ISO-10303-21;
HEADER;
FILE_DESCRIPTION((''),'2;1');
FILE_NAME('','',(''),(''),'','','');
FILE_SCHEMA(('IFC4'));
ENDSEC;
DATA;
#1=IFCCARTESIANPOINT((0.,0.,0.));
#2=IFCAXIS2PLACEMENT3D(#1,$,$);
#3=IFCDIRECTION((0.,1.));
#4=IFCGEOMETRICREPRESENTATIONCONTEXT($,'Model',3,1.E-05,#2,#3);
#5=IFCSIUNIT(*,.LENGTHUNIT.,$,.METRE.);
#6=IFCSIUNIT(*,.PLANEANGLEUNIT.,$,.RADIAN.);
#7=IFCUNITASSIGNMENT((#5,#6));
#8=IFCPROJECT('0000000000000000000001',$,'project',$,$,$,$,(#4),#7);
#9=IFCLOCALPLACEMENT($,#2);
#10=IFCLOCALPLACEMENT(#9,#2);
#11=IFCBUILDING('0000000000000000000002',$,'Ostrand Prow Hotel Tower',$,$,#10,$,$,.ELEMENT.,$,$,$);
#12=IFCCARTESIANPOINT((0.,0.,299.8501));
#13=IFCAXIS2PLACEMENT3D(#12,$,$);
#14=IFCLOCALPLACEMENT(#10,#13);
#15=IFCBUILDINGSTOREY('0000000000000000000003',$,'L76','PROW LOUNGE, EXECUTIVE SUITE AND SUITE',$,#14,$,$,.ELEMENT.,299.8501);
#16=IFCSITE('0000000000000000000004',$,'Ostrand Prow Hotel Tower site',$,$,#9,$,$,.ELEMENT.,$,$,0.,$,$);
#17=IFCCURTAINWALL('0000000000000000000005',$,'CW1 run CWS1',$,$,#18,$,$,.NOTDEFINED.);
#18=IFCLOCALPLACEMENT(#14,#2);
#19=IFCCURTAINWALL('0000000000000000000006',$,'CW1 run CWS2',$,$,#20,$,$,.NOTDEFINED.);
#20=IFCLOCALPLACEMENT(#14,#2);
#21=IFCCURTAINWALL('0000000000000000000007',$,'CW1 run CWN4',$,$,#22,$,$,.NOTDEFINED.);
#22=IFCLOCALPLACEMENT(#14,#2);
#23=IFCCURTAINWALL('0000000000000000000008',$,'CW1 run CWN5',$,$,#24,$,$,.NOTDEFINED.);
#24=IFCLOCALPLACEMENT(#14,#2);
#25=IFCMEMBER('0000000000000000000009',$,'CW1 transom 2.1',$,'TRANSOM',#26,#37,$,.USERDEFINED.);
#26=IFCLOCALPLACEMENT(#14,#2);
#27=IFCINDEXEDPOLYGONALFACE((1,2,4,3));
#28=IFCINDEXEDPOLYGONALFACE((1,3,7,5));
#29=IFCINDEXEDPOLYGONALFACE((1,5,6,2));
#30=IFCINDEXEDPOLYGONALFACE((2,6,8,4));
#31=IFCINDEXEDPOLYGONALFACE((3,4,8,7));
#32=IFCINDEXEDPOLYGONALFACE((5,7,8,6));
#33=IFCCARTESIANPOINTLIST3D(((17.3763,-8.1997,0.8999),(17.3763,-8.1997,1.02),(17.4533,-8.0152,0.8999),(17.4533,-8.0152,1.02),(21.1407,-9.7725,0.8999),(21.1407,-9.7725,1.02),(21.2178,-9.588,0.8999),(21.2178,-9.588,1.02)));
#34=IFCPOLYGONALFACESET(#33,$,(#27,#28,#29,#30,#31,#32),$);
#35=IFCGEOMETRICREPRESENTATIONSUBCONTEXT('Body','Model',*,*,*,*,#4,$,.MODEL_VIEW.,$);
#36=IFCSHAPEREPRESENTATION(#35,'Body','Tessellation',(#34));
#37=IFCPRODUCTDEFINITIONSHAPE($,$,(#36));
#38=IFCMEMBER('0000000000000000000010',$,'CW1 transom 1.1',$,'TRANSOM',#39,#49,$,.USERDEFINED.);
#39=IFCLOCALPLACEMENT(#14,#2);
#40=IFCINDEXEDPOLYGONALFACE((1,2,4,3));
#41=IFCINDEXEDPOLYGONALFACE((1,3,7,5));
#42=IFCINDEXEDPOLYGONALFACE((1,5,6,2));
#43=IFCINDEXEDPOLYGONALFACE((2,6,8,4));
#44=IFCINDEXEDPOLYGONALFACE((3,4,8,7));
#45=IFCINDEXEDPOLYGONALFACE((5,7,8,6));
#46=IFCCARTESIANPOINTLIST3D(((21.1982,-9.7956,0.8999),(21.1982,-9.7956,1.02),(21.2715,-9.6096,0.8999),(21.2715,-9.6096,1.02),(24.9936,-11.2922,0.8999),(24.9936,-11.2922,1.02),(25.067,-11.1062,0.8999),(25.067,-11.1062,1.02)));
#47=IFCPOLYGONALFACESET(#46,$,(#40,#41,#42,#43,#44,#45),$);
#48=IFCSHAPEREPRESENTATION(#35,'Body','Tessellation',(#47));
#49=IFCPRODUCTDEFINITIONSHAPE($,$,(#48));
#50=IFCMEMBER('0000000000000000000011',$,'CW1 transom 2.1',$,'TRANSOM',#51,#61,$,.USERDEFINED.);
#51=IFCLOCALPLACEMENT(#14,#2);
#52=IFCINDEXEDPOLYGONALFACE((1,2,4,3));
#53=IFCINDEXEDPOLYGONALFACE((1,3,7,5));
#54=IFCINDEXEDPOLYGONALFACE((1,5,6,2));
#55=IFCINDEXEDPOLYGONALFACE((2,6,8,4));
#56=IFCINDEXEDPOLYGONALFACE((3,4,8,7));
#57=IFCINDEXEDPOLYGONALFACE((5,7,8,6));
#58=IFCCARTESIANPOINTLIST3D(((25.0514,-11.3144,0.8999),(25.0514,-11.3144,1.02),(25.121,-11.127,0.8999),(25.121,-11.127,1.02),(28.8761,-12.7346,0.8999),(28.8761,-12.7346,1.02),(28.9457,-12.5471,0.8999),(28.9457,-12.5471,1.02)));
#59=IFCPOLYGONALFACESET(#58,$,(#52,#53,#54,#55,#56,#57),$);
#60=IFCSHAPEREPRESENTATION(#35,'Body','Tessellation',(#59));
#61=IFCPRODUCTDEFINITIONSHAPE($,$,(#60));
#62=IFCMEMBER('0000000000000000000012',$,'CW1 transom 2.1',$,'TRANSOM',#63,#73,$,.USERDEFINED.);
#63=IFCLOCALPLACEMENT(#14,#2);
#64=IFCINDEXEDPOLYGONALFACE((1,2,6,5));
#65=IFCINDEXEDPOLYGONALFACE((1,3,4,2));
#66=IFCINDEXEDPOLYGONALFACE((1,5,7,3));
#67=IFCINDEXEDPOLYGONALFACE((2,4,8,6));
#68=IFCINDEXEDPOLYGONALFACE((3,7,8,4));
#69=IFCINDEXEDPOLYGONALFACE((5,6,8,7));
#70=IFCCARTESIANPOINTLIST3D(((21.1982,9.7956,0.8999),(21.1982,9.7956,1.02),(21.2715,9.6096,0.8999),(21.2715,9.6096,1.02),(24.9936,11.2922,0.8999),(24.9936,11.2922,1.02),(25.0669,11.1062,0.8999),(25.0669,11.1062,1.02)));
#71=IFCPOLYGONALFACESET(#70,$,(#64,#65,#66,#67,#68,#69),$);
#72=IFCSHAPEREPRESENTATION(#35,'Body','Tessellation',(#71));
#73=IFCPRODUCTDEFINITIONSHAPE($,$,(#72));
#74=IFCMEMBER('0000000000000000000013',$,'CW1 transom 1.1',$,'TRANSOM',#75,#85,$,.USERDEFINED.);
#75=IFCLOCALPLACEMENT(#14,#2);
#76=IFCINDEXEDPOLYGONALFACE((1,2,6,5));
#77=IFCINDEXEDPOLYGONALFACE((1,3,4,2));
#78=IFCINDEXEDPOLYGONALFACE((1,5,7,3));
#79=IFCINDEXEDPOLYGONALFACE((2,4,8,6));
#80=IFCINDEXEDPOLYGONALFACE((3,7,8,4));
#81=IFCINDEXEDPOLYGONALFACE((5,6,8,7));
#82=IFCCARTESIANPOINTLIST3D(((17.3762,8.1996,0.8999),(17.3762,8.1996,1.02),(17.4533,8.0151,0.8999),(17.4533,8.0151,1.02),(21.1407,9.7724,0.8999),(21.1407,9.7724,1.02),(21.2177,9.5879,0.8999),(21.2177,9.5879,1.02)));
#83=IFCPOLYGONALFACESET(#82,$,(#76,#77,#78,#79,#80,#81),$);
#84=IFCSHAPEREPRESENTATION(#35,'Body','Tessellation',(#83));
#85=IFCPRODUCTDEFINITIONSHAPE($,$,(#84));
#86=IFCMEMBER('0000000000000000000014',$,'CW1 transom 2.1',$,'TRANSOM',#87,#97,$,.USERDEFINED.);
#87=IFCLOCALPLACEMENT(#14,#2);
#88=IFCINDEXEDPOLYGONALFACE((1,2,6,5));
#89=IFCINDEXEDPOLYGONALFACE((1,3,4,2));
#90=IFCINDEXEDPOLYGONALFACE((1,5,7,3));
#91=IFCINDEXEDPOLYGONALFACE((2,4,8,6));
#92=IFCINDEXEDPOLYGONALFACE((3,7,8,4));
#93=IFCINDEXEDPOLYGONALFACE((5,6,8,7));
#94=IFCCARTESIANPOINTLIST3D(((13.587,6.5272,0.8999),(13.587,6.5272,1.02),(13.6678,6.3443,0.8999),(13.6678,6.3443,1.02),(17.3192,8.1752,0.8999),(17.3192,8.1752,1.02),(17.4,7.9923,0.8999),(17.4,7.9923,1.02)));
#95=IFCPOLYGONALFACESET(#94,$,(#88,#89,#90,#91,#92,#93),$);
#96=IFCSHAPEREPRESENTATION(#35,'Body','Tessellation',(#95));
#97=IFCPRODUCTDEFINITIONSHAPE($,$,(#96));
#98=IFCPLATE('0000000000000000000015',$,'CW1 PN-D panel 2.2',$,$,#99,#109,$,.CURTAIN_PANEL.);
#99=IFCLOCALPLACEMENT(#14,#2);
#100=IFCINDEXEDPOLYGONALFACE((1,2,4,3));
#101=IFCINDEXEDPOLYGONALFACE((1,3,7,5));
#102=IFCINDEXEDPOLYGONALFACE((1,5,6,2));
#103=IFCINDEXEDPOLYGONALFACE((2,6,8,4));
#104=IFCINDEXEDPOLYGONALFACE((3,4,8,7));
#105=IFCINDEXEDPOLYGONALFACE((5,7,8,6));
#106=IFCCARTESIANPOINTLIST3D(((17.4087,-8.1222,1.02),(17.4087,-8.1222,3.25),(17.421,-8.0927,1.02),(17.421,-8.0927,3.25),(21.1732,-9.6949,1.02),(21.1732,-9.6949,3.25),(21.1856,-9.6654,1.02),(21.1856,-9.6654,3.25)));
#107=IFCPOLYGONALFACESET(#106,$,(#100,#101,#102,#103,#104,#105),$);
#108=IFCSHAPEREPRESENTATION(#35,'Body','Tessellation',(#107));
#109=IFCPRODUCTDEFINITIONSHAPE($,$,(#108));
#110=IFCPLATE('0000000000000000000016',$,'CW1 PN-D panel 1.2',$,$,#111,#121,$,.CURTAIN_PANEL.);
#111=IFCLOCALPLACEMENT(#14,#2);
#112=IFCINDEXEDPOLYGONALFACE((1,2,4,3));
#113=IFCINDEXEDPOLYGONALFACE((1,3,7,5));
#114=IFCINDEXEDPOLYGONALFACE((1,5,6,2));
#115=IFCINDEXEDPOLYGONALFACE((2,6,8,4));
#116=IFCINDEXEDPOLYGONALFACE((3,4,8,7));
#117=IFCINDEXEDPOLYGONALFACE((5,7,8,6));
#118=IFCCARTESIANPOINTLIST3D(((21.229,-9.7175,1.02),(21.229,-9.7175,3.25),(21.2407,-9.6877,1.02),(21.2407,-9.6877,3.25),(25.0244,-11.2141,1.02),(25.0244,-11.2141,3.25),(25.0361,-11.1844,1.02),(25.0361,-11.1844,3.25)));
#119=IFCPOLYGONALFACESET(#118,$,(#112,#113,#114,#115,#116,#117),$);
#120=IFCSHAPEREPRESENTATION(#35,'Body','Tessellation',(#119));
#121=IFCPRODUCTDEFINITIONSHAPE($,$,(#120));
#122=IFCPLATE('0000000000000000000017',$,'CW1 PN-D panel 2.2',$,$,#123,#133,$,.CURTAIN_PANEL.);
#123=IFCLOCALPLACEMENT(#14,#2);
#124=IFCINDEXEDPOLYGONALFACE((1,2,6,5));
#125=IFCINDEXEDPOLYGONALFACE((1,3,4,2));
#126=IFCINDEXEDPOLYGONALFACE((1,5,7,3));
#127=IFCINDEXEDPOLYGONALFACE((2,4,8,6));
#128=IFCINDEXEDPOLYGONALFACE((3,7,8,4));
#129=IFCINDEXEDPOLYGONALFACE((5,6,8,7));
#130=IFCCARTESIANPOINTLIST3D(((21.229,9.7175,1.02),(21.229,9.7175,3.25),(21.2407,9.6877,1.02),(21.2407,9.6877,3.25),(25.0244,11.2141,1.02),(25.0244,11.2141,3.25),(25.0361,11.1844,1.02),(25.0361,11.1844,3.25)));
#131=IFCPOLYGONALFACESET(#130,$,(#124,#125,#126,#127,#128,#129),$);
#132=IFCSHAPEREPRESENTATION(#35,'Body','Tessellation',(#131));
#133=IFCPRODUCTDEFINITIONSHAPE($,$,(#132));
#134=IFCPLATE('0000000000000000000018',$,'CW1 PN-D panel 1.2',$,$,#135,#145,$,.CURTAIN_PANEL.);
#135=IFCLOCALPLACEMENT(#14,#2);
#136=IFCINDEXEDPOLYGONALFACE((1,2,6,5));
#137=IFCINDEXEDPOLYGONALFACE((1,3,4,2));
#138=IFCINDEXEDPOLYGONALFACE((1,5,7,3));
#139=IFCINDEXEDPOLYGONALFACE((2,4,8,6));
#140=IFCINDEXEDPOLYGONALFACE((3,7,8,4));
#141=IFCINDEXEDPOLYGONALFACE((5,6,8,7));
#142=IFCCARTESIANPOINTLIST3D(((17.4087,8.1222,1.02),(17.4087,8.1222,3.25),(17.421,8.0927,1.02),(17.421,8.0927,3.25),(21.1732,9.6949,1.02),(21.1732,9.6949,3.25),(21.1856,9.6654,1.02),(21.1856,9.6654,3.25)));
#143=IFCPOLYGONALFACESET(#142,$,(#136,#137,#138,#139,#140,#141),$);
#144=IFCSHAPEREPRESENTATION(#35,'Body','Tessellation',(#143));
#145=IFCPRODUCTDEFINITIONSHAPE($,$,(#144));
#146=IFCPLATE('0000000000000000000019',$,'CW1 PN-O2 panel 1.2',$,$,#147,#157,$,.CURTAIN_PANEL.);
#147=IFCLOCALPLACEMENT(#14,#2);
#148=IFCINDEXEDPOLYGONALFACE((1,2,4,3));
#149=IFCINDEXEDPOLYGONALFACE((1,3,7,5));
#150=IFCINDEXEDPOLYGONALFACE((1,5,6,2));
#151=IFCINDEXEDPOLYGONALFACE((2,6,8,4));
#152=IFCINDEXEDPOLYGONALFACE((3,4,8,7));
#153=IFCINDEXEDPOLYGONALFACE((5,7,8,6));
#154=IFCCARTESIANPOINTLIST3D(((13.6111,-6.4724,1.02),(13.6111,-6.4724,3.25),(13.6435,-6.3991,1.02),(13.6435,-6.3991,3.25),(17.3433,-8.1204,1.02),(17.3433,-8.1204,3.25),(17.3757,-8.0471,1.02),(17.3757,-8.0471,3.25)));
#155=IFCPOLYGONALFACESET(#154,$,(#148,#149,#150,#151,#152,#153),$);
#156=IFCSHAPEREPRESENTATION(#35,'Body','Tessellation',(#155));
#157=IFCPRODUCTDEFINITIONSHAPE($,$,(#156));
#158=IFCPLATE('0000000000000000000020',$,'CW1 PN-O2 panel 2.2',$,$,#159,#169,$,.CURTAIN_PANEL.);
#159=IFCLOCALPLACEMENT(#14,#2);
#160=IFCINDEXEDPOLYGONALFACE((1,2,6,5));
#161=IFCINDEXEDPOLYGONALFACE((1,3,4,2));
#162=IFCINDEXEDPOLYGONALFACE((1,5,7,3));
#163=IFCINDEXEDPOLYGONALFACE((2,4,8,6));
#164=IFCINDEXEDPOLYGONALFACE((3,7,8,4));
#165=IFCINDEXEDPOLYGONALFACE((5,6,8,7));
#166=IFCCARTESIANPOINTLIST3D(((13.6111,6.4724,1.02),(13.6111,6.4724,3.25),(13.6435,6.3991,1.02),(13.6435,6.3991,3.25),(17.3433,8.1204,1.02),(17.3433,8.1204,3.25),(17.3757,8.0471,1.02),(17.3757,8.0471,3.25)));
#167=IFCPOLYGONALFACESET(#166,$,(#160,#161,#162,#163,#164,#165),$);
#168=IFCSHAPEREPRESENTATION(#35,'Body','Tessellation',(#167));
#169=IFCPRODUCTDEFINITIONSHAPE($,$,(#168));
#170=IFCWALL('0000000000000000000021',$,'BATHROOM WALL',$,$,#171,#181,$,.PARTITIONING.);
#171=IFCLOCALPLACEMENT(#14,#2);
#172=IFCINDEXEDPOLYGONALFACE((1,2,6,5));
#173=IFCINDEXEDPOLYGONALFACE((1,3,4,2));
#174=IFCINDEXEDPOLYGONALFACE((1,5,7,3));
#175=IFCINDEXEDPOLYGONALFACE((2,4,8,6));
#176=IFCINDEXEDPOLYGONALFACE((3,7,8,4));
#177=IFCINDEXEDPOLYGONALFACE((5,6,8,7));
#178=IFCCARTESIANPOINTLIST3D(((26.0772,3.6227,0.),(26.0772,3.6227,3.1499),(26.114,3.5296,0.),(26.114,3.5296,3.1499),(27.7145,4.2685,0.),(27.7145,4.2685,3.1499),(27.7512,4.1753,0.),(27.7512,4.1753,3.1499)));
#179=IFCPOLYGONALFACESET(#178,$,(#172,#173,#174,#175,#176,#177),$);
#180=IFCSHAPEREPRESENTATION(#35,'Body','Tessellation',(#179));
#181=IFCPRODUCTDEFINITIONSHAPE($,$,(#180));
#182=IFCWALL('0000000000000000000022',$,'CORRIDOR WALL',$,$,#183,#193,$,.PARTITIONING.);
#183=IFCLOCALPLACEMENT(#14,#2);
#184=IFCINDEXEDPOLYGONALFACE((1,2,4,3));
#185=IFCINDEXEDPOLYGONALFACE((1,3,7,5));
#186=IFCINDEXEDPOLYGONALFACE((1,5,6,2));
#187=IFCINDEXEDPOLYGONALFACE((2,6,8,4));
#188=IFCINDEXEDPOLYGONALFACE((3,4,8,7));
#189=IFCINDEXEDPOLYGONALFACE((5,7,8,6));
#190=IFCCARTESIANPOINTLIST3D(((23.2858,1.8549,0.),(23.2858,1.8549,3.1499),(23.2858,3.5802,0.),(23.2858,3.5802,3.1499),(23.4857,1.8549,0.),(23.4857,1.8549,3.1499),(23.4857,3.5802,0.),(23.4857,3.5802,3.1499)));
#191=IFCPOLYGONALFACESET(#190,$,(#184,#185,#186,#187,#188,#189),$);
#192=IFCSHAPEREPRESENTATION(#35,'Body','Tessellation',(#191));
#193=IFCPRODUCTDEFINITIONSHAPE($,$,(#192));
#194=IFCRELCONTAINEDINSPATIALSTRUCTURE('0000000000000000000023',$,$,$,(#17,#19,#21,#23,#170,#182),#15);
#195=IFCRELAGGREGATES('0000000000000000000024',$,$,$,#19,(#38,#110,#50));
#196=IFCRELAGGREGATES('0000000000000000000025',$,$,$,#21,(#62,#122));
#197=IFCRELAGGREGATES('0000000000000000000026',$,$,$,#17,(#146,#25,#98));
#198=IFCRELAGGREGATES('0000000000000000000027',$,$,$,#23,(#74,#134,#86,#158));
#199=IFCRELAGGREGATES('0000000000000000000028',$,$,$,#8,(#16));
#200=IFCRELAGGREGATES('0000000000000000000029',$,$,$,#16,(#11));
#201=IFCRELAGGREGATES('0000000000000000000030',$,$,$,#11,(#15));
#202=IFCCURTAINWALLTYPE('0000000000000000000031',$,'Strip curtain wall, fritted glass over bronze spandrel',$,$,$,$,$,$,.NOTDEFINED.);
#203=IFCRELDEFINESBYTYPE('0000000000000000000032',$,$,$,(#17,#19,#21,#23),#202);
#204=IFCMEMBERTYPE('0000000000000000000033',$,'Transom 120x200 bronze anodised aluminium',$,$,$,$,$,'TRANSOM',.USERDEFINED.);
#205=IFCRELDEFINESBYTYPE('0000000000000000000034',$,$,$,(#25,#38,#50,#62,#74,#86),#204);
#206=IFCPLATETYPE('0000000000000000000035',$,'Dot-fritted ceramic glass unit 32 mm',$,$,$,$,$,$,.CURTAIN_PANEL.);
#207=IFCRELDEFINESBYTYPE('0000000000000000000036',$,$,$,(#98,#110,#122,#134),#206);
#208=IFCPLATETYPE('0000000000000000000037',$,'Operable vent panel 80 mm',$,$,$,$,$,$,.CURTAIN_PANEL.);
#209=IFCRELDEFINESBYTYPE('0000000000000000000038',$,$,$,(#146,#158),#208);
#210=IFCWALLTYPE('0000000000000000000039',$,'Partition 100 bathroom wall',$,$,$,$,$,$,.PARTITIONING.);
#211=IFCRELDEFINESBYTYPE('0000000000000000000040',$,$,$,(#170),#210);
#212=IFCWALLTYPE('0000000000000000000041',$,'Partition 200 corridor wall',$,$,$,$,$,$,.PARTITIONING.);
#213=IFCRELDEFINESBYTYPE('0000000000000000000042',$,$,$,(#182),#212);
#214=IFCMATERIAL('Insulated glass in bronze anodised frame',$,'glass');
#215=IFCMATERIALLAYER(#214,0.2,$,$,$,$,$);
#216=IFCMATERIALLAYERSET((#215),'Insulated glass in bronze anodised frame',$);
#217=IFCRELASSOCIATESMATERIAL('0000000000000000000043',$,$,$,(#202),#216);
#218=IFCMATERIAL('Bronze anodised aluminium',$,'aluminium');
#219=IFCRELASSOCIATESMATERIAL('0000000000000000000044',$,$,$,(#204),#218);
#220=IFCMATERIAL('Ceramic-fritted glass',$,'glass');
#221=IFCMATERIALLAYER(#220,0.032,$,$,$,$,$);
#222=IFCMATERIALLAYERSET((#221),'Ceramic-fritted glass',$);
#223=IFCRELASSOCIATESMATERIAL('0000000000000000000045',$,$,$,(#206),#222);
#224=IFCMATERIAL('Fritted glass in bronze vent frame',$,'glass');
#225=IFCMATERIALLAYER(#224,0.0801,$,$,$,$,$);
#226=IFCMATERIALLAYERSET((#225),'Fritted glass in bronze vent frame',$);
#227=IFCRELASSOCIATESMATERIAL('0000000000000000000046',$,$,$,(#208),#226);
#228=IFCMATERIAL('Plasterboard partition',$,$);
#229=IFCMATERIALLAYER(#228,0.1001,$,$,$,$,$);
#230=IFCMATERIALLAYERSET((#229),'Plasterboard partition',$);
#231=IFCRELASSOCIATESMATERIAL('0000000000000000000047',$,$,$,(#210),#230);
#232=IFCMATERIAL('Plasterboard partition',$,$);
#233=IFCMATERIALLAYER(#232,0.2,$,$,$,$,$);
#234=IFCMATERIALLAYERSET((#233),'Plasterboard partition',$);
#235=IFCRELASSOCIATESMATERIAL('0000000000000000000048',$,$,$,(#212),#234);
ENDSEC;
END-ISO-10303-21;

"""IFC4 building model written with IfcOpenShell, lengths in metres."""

from ifc_helpers import new_model, si_unit, direction, frame, frame_2d, origin, origin_2d, place, context, subcontext, project, spatial, rectangle, extrude, material, layer, layer_set, material_profile, profile_set, type_object, element, aggregate, save


model = new_model("IFC4")

# Units and contexts
model_context = context("Model", 3, precision=1e-05, world=origin(), true_north=direction((0.0, 1.0)))
body_context = subcontext(model_context, "Body", "Model", "MODEL_VIEW")
ifc_project = project(units=[si_unit("LENGTHUNIT", "METRE"), si_unit("PLANEANGLEUNIT", "RADIAN")], contexts=[model_context])

# Site, building, storey
site_placement = place(None, origin())
site = spatial("IfcSite", under=ifc_project, at=site_placement, Name="Ostrand Prow Hotel Tower site", CompositionType="ELEMENT", RefElevation=0.0)
building_placement = place(site_placement, origin())
building = spatial("IfcBuilding", under=site, at=building_placement, Name="Ostrand Prow Hotel Tower", CompositionType="ELEMENT")
storey_placement = place(building_placement, frame((0.0, 0.0, 299.8501)))
storey = spatial("IfcBuildingStorey", under=building, at=storey_placement, Name="L76", Description="PROW LOUNGE, EXECUTIVE SUITE AND SUITE", CompositionType="ELEMENT", Elevation=299.8501)

# Curtain wall
ifc_material_1 = material(Name="Insulated glass in bronze anodised frame", Category="glass")
ifc_layer_1 = layer(ifc_material_1, 0.2)
ifc_layer_set_1 = layer_set([ifc_layer_1], Name="Insulated glass in bronze anodised frame")
curtain_wall_type = type_object("IfcCurtainWallType", Name="Strip curtain wall, fritted glass over bronze spandrel", PredefinedType="NOTDEFINED", material=ifc_layer_set_1)
curtain_wall_1_placement = place(storey_placement, origin())
curtain_wall_1 = element("IfcCurtainWall", 1, at=curtain_wall_1_placement, inside=storey, type_object=curtain_wall_type, Name="CW1 run CWS1", PredefinedType="NOTDEFINED")

# Curtain wall
curtain_wall_2_placement = place(storey_placement, origin())
curtain_wall_2 = element("IfcCurtainWall", 2, at=curtain_wall_2_placement, inside=storey, type_object=curtain_wall_type, Name="CW1 run CWS2", PredefinedType="NOTDEFINED")

# Curtain wall
curtain_wall_3_placement = place(storey_placement, origin())
curtain_wall_3 = element("IfcCurtainWall", 3, at=curtain_wall_3_placement, inside=storey, type_object=curtain_wall_type, Name="CW1 run CWN4", PredefinedType="NOTDEFINED")

# Curtain wall
curtain_wall_4_placement = place(storey_placement, origin())
curtain_wall_4 = element("IfcCurtainWall", 4, at=curtain_wall_4_placement, inside=storey, type_object=curtain_wall_type, Name="CW1 run CWN5", PredefinedType="NOTDEFINED")

# Members
ifc_material_2 = material(Name="Bronze anodised aluminium", Category="aluminium")
ifc_material_profile_1 = material_profile(ifc_material_2, rectangle(XDim=0.2, YDim=0.1201, at=origin_2d()), Name="Transom 120x200 bronze anodised aluminium")
ifc_profile_set_1 = profile_set([ifc_material_profile_1], Name="Bronze anodised aluminium")
member_type_1 = type_object("IfcMemberType", Name="Transom 120x200 bronze anodised aluminium", ElementType="TRANSOM", PredefinedType="USERDEFINED", material=ifc_profile_set_1)
member_1_placement = place(storey_placement, frame((17.4148, -8.1074, 0.96), z_axis=(0.922706, -0.385503, 0.0), x_axis=(0.385503, 0.922706, 0.0)))
member_1 = element("IfcMember", 5, at=member_1_placement, type_object=member_type_1, Name="CW1 transom 2.1", ObjectType="TRANSOM", PredefinedType="USERDEFINED", context=body_context, shape_type="SweptSolid", body=[
    extrude(rectangle(XDim=0.2, YDim=0.1201, at=origin_2d()), origin(), (0.0, 0.0, 1.0), 4.0798),
])
member_2_placement = place(storey_placement, frame((21.2349, -9.7026, 0.96), z_axis=(0.93029, -0.366826, 0.0), x_axis=(0.366826, 0.93029, 0.0)))
member_2 = element("IfcMember", 6, at=member_2_placement, type_object=member_type_1, Name="CW1 transom 1.1", ObjectType="TRANSOM", PredefinedType="USERDEFINED", context=body_context, shape_type="SweptSolid", body=[
    extrude(rectangle(XDim=0.2, YDim=0.1201, at=origin_2d()), origin(), (0.0, 0.0, 1.0), 4.0798),
])
member_3_placement = place(storey_placement, frame((25.0862, -11.2207, 0.96), z_axis=(0.93746, -0.348092, 0.0), x_axis=(0.348092, 0.93746, 0.0)))
member_3 = element("IfcMember", 7, at=member_3_placement, type_object=member_type_1, Name="CW1 transom 2.1", ObjectType="TRANSOM", PredefinedType="USERDEFINED", context=body_context, shape_type="SweptSolid", body=[
    extrude(rectangle(XDim=0.2, YDim=0.1201, at=origin_2d()), origin(), (0.0, 0.0, 1.0), 4.0798),
])
member_4_placement = place(storey_placement, frame((25.0303, 11.1992, 0.96), z_axis=(-0.93029, -0.366826, 0.0), x_axis=(0.366826, -0.93029, 0.0)))
member_4 = element("IfcMember", 8, at=member_4_placement, type_object=member_type_1, Name="CW1 transom 2.1", ObjectType="TRANSOM", PredefinedType="USERDEFINED", context=body_context, shape_type="SweptSolid", body=[
    extrude(rectangle(XDim=0.2, YDim=0.1201, at=origin_2d()), origin(), (0.0, 0.0, 1.0), 4.0798),
])
member_5_placement = place(storey_placement, frame((21.1792, 9.6802, 0.96), z_axis=(-0.922706, -0.385503, 0.0), x_axis=(0.385503, -0.922706, 0.0)))
member_5 = element("IfcMember", 9, at=member_5_placement, type_object=member_type_1, Name="CW1 transom 1.1", ObjectType="TRANSOM", PredefinedType="USERDEFINED", context=body_context, shape_type="SweptSolid", body=[
    extrude(rectangle(XDim=0.2, YDim=0.1201, at=origin_2d()), origin(), (0.0, 0.0, 1.0), 4.0798),
])
member_6_placement = place(storey_placement, frame((17.3596, 8.0837, 0.96), z_axis=(-0.914791, -0.403927, 0.0), x_axis=(0.403927, -0.914791, 0.0)))
member_6 = element("IfcMember", 10, at=member_6_placement, type_object=member_type_1, Name="CW1 transom 2.1", ObjectType="TRANSOM", PredefinedType="USERDEFINED", context=body_context, shape_type="SweptSolid", body=[
    extrude(rectangle(XDim=0.2, YDim=0.1201, at=origin_2d()), origin(), (0.0, 0.0, 1.0), 4.0798),
])

# Plates
ifc_material_3 = material(Name="Ceramic-fritted glass", Category="glass")
ifc_layer_2 = layer(ifc_material_3, 0.032)
ifc_layer_set_2 = layer_set([ifc_layer_2], Name="Ceramic-fritted glass")
plate_type_1 = type_object("IfcPlateType", Name="Dot-fritted ceramic glass unit 32 mm", PredefinedType="CURTAIN_PANEL", material=ifc_layer_set_2)
plate_1_placement = place(storey_placement, frame((19.2971, -8.8938, 1.02), z_axis=(0.0, 0.0, 1.0), x_axis=(0.92272, -0.385471, 0.0)))
plate_1 = element("IfcPlate", 11, at=plate_1_placement, type_object=plate_type_1, Name="CW1 PN-D panel 2.2", PredefinedType="CURTAIN_PANEL", context=body_context, shape_type="SweptSolid", body=[
    extrude(rectangle(XDim=4.0798, YDim=0.032, at=origin_2d()), origin(), (0.0, 0.0, 1.0), 2.23),
])
plate_2_placement = place(storey_placement, frame((23.1326, -10.4509, 1.02), z_axis=(0.0, 0.0, 1.0), x_axis=(0.930282, -0.366845, 0.0)))
plate_2 = element("IfcPlate", 12, at=plate_2_placement, type_object=plate_type_1, Name="CW1 PN-D panel 1.2", PredefinedType="CURTAIN_PANEL", context=body_context, shape_type="SweptSolid", body=[
    extrude(rectangle(XDim=4.0798, YDim=0.032, at=origin_2d()), origin(), (0.0, 0.0, 1.0), 2.23),
])
aggregate(curtain_wall_2, [member_2, plate_2, member_3])
plate_3_placement = place(storey_placement, frame((23.1326, 10.4509, 1.02), z_axis=(0.0, 0.0, 1.0), x_axis=(-0.930282, -0.366845, 0.0)))
plate_3 = element("IfcPlate", 13, at=plate_3_placement, type_object=plate_type_1, Name="CW1 PN-D panel 2.2", PredefinedType="CURTAIN_PANEL", context=body_context, shape_type="SweptSolid", body=[
    extrude(rectangle(XDim=4.0798, YDim=0.032, at=origin_2d()), origin(), (0.0, 0.0, 1.0), 2.23),
])
aggregate(curtain_wall_3, [member_4, plate_3])
plate_4_placement = place(storey_placement, frame((19.2971, 8.8938, 1.02), z_axis=(0.0, 0.0, 1.0), x_axis=(-0.92272, -0.385471, 0.0)))
plate_4 = element("IfcPlate", 14, at=plate_4_placement, type_object=plate_type_1, Name="CW1 PN-D panel 1.2", PredefinedType="CURTAIN_PANEL", context=body_context, shape_type="SweptSolid", body=[
    extrude(rectangle(XDim=4.0798, YDim=0.032, at=origin_2d()), origin(), (0.0, 0.0, 1.0), 2.23),
])
ifc_material_4 = material(Name="Fritted glass in bronze vent frame", Category="glass")
ifc_layer_3 = layer(ifc_material_4, 0.0801)
ifc_layer_set_3 = layer_set([ifc_layer_3], Name="Fritted glass in bronze vent frame")
plate_type_2 = type_object("IfcPlateType", Name="Operable vent panel 80 mm", PredefinedType="CURTAIN_PANEL", material=ifc_layer_set_3)
plate_5_placement = place(storey_placement, frame((15.4934, -7.2598, 1.02), z_axis=(0.0, 0.0, 1.0), x_axis=(0.914786, -0.40394, 0.0)))
plate_5 = element("IfcPlate", 15, at=plate_5_placement, type_object=plate_type_2, Name="CW1 PN-O2 panel 1.2", PredefinedType="CURTAIN_PANEL", context=body_context, shape_type="SweptSolid", body=[
    extrude(rectangle(XDim=4.0798, YDim=0.0801, at=origin_2d()), origin(), (0.0, 0.0, 1.0), 2.23),
])
aggregate(curtain_wall_1, [plate_5, member_1, plate_1])
plate_6_placement = place(storey_placement, frame((15.4934, 7.2598, 1.02), z_axis=(0.0, 0.0, 1.0), x_axis=(-0.914786, -0.40394, 0.0)))
plate_6 = element("IfcPlate", 16, at=plate_6_placement, type_object=plate_type_2, Name="CW1 PN-O2 panel 2.2", PredefinedType="CURTAIN_PANEL", context=body_context, shape_type="SweptSolid", body=[
    extrude(rectangle(XDim=4.0798, YDim=0.0801, at=origin_2d()), origin(), (0.0, 0.0, 1.0), 2.23),
])
aggregate(curtain_wall_4, [member_5, plate_4, member_6, plate_6])

# Walls
ifc_material_5 = material(Name="Plasterboard partition")
ifc_layer_4 = layer(ifc_material_5, 0.1001)
ifc_layer_set_4 = layer_set([ifc_layer_4], Name="Plasterboard partition")
wall_type_1 = type_object("IfcWallType", Name="Partition 100 bathroom wall", PredefinedType="PARTITIONING", material=ifc_layer_set_4)
wall_1_placement = place(storey_placement, frame((26.0957, 3.5762, 0.0), z_axis=(0.0, 0.0, 1.0), x_axis=(0.930255, 0.366914, 0.0)))
element("IfcWall", 17, at=wall_1_placement, inside=storey, type_object=wall_type_1, Name="BATHROOM WALL", PredefinedType="PARTITIONING", context=body_context, shape_type="SweptSolid", body=[
    extrude(rectangle(XDim=1.76, YDim=0.1001, at=frame_2d((0.8799, 0.0))), origin(), (0.0, 0.0, 1.0), 3.1499),
])
ifc_material_6 = material(Name="Plasterboard partition")
ifc_layer_5 = layer(ifc_material_6, 0.2)
ifc_layer_set_5 = layer_set([ifc_layer_5], Name="Plasterboard partition")
wall_type_2 = type_object("IfcWallType", Name="Partition 200 corridor wall", PredefinedType="PARTITIONING", material=ifc_layer_set_5)
wall_2_placement = place(storey_placement, frame((23.3857, 3.5803, 0.0), z_axis=(0.0, 0.0, 1.0), x_axis=(0.0, -1.0, 0.0)))
element("IfcWall", 18, at=wall_2_placement, inside=storey, type_object=wall_type_2, Name="CORRIDOR WALL", PredefinedType="PARTITIONING", context=body_context, shape_type="SweptSolid", body=[
    extrude(rectangle(XDim=1.7253, YDim=0.2, at=frame_2d((0.8628, 0.0))), origin(), (0.0, 0.0, 1.0), 3.1499),
])

save(model, "model.ifc")
